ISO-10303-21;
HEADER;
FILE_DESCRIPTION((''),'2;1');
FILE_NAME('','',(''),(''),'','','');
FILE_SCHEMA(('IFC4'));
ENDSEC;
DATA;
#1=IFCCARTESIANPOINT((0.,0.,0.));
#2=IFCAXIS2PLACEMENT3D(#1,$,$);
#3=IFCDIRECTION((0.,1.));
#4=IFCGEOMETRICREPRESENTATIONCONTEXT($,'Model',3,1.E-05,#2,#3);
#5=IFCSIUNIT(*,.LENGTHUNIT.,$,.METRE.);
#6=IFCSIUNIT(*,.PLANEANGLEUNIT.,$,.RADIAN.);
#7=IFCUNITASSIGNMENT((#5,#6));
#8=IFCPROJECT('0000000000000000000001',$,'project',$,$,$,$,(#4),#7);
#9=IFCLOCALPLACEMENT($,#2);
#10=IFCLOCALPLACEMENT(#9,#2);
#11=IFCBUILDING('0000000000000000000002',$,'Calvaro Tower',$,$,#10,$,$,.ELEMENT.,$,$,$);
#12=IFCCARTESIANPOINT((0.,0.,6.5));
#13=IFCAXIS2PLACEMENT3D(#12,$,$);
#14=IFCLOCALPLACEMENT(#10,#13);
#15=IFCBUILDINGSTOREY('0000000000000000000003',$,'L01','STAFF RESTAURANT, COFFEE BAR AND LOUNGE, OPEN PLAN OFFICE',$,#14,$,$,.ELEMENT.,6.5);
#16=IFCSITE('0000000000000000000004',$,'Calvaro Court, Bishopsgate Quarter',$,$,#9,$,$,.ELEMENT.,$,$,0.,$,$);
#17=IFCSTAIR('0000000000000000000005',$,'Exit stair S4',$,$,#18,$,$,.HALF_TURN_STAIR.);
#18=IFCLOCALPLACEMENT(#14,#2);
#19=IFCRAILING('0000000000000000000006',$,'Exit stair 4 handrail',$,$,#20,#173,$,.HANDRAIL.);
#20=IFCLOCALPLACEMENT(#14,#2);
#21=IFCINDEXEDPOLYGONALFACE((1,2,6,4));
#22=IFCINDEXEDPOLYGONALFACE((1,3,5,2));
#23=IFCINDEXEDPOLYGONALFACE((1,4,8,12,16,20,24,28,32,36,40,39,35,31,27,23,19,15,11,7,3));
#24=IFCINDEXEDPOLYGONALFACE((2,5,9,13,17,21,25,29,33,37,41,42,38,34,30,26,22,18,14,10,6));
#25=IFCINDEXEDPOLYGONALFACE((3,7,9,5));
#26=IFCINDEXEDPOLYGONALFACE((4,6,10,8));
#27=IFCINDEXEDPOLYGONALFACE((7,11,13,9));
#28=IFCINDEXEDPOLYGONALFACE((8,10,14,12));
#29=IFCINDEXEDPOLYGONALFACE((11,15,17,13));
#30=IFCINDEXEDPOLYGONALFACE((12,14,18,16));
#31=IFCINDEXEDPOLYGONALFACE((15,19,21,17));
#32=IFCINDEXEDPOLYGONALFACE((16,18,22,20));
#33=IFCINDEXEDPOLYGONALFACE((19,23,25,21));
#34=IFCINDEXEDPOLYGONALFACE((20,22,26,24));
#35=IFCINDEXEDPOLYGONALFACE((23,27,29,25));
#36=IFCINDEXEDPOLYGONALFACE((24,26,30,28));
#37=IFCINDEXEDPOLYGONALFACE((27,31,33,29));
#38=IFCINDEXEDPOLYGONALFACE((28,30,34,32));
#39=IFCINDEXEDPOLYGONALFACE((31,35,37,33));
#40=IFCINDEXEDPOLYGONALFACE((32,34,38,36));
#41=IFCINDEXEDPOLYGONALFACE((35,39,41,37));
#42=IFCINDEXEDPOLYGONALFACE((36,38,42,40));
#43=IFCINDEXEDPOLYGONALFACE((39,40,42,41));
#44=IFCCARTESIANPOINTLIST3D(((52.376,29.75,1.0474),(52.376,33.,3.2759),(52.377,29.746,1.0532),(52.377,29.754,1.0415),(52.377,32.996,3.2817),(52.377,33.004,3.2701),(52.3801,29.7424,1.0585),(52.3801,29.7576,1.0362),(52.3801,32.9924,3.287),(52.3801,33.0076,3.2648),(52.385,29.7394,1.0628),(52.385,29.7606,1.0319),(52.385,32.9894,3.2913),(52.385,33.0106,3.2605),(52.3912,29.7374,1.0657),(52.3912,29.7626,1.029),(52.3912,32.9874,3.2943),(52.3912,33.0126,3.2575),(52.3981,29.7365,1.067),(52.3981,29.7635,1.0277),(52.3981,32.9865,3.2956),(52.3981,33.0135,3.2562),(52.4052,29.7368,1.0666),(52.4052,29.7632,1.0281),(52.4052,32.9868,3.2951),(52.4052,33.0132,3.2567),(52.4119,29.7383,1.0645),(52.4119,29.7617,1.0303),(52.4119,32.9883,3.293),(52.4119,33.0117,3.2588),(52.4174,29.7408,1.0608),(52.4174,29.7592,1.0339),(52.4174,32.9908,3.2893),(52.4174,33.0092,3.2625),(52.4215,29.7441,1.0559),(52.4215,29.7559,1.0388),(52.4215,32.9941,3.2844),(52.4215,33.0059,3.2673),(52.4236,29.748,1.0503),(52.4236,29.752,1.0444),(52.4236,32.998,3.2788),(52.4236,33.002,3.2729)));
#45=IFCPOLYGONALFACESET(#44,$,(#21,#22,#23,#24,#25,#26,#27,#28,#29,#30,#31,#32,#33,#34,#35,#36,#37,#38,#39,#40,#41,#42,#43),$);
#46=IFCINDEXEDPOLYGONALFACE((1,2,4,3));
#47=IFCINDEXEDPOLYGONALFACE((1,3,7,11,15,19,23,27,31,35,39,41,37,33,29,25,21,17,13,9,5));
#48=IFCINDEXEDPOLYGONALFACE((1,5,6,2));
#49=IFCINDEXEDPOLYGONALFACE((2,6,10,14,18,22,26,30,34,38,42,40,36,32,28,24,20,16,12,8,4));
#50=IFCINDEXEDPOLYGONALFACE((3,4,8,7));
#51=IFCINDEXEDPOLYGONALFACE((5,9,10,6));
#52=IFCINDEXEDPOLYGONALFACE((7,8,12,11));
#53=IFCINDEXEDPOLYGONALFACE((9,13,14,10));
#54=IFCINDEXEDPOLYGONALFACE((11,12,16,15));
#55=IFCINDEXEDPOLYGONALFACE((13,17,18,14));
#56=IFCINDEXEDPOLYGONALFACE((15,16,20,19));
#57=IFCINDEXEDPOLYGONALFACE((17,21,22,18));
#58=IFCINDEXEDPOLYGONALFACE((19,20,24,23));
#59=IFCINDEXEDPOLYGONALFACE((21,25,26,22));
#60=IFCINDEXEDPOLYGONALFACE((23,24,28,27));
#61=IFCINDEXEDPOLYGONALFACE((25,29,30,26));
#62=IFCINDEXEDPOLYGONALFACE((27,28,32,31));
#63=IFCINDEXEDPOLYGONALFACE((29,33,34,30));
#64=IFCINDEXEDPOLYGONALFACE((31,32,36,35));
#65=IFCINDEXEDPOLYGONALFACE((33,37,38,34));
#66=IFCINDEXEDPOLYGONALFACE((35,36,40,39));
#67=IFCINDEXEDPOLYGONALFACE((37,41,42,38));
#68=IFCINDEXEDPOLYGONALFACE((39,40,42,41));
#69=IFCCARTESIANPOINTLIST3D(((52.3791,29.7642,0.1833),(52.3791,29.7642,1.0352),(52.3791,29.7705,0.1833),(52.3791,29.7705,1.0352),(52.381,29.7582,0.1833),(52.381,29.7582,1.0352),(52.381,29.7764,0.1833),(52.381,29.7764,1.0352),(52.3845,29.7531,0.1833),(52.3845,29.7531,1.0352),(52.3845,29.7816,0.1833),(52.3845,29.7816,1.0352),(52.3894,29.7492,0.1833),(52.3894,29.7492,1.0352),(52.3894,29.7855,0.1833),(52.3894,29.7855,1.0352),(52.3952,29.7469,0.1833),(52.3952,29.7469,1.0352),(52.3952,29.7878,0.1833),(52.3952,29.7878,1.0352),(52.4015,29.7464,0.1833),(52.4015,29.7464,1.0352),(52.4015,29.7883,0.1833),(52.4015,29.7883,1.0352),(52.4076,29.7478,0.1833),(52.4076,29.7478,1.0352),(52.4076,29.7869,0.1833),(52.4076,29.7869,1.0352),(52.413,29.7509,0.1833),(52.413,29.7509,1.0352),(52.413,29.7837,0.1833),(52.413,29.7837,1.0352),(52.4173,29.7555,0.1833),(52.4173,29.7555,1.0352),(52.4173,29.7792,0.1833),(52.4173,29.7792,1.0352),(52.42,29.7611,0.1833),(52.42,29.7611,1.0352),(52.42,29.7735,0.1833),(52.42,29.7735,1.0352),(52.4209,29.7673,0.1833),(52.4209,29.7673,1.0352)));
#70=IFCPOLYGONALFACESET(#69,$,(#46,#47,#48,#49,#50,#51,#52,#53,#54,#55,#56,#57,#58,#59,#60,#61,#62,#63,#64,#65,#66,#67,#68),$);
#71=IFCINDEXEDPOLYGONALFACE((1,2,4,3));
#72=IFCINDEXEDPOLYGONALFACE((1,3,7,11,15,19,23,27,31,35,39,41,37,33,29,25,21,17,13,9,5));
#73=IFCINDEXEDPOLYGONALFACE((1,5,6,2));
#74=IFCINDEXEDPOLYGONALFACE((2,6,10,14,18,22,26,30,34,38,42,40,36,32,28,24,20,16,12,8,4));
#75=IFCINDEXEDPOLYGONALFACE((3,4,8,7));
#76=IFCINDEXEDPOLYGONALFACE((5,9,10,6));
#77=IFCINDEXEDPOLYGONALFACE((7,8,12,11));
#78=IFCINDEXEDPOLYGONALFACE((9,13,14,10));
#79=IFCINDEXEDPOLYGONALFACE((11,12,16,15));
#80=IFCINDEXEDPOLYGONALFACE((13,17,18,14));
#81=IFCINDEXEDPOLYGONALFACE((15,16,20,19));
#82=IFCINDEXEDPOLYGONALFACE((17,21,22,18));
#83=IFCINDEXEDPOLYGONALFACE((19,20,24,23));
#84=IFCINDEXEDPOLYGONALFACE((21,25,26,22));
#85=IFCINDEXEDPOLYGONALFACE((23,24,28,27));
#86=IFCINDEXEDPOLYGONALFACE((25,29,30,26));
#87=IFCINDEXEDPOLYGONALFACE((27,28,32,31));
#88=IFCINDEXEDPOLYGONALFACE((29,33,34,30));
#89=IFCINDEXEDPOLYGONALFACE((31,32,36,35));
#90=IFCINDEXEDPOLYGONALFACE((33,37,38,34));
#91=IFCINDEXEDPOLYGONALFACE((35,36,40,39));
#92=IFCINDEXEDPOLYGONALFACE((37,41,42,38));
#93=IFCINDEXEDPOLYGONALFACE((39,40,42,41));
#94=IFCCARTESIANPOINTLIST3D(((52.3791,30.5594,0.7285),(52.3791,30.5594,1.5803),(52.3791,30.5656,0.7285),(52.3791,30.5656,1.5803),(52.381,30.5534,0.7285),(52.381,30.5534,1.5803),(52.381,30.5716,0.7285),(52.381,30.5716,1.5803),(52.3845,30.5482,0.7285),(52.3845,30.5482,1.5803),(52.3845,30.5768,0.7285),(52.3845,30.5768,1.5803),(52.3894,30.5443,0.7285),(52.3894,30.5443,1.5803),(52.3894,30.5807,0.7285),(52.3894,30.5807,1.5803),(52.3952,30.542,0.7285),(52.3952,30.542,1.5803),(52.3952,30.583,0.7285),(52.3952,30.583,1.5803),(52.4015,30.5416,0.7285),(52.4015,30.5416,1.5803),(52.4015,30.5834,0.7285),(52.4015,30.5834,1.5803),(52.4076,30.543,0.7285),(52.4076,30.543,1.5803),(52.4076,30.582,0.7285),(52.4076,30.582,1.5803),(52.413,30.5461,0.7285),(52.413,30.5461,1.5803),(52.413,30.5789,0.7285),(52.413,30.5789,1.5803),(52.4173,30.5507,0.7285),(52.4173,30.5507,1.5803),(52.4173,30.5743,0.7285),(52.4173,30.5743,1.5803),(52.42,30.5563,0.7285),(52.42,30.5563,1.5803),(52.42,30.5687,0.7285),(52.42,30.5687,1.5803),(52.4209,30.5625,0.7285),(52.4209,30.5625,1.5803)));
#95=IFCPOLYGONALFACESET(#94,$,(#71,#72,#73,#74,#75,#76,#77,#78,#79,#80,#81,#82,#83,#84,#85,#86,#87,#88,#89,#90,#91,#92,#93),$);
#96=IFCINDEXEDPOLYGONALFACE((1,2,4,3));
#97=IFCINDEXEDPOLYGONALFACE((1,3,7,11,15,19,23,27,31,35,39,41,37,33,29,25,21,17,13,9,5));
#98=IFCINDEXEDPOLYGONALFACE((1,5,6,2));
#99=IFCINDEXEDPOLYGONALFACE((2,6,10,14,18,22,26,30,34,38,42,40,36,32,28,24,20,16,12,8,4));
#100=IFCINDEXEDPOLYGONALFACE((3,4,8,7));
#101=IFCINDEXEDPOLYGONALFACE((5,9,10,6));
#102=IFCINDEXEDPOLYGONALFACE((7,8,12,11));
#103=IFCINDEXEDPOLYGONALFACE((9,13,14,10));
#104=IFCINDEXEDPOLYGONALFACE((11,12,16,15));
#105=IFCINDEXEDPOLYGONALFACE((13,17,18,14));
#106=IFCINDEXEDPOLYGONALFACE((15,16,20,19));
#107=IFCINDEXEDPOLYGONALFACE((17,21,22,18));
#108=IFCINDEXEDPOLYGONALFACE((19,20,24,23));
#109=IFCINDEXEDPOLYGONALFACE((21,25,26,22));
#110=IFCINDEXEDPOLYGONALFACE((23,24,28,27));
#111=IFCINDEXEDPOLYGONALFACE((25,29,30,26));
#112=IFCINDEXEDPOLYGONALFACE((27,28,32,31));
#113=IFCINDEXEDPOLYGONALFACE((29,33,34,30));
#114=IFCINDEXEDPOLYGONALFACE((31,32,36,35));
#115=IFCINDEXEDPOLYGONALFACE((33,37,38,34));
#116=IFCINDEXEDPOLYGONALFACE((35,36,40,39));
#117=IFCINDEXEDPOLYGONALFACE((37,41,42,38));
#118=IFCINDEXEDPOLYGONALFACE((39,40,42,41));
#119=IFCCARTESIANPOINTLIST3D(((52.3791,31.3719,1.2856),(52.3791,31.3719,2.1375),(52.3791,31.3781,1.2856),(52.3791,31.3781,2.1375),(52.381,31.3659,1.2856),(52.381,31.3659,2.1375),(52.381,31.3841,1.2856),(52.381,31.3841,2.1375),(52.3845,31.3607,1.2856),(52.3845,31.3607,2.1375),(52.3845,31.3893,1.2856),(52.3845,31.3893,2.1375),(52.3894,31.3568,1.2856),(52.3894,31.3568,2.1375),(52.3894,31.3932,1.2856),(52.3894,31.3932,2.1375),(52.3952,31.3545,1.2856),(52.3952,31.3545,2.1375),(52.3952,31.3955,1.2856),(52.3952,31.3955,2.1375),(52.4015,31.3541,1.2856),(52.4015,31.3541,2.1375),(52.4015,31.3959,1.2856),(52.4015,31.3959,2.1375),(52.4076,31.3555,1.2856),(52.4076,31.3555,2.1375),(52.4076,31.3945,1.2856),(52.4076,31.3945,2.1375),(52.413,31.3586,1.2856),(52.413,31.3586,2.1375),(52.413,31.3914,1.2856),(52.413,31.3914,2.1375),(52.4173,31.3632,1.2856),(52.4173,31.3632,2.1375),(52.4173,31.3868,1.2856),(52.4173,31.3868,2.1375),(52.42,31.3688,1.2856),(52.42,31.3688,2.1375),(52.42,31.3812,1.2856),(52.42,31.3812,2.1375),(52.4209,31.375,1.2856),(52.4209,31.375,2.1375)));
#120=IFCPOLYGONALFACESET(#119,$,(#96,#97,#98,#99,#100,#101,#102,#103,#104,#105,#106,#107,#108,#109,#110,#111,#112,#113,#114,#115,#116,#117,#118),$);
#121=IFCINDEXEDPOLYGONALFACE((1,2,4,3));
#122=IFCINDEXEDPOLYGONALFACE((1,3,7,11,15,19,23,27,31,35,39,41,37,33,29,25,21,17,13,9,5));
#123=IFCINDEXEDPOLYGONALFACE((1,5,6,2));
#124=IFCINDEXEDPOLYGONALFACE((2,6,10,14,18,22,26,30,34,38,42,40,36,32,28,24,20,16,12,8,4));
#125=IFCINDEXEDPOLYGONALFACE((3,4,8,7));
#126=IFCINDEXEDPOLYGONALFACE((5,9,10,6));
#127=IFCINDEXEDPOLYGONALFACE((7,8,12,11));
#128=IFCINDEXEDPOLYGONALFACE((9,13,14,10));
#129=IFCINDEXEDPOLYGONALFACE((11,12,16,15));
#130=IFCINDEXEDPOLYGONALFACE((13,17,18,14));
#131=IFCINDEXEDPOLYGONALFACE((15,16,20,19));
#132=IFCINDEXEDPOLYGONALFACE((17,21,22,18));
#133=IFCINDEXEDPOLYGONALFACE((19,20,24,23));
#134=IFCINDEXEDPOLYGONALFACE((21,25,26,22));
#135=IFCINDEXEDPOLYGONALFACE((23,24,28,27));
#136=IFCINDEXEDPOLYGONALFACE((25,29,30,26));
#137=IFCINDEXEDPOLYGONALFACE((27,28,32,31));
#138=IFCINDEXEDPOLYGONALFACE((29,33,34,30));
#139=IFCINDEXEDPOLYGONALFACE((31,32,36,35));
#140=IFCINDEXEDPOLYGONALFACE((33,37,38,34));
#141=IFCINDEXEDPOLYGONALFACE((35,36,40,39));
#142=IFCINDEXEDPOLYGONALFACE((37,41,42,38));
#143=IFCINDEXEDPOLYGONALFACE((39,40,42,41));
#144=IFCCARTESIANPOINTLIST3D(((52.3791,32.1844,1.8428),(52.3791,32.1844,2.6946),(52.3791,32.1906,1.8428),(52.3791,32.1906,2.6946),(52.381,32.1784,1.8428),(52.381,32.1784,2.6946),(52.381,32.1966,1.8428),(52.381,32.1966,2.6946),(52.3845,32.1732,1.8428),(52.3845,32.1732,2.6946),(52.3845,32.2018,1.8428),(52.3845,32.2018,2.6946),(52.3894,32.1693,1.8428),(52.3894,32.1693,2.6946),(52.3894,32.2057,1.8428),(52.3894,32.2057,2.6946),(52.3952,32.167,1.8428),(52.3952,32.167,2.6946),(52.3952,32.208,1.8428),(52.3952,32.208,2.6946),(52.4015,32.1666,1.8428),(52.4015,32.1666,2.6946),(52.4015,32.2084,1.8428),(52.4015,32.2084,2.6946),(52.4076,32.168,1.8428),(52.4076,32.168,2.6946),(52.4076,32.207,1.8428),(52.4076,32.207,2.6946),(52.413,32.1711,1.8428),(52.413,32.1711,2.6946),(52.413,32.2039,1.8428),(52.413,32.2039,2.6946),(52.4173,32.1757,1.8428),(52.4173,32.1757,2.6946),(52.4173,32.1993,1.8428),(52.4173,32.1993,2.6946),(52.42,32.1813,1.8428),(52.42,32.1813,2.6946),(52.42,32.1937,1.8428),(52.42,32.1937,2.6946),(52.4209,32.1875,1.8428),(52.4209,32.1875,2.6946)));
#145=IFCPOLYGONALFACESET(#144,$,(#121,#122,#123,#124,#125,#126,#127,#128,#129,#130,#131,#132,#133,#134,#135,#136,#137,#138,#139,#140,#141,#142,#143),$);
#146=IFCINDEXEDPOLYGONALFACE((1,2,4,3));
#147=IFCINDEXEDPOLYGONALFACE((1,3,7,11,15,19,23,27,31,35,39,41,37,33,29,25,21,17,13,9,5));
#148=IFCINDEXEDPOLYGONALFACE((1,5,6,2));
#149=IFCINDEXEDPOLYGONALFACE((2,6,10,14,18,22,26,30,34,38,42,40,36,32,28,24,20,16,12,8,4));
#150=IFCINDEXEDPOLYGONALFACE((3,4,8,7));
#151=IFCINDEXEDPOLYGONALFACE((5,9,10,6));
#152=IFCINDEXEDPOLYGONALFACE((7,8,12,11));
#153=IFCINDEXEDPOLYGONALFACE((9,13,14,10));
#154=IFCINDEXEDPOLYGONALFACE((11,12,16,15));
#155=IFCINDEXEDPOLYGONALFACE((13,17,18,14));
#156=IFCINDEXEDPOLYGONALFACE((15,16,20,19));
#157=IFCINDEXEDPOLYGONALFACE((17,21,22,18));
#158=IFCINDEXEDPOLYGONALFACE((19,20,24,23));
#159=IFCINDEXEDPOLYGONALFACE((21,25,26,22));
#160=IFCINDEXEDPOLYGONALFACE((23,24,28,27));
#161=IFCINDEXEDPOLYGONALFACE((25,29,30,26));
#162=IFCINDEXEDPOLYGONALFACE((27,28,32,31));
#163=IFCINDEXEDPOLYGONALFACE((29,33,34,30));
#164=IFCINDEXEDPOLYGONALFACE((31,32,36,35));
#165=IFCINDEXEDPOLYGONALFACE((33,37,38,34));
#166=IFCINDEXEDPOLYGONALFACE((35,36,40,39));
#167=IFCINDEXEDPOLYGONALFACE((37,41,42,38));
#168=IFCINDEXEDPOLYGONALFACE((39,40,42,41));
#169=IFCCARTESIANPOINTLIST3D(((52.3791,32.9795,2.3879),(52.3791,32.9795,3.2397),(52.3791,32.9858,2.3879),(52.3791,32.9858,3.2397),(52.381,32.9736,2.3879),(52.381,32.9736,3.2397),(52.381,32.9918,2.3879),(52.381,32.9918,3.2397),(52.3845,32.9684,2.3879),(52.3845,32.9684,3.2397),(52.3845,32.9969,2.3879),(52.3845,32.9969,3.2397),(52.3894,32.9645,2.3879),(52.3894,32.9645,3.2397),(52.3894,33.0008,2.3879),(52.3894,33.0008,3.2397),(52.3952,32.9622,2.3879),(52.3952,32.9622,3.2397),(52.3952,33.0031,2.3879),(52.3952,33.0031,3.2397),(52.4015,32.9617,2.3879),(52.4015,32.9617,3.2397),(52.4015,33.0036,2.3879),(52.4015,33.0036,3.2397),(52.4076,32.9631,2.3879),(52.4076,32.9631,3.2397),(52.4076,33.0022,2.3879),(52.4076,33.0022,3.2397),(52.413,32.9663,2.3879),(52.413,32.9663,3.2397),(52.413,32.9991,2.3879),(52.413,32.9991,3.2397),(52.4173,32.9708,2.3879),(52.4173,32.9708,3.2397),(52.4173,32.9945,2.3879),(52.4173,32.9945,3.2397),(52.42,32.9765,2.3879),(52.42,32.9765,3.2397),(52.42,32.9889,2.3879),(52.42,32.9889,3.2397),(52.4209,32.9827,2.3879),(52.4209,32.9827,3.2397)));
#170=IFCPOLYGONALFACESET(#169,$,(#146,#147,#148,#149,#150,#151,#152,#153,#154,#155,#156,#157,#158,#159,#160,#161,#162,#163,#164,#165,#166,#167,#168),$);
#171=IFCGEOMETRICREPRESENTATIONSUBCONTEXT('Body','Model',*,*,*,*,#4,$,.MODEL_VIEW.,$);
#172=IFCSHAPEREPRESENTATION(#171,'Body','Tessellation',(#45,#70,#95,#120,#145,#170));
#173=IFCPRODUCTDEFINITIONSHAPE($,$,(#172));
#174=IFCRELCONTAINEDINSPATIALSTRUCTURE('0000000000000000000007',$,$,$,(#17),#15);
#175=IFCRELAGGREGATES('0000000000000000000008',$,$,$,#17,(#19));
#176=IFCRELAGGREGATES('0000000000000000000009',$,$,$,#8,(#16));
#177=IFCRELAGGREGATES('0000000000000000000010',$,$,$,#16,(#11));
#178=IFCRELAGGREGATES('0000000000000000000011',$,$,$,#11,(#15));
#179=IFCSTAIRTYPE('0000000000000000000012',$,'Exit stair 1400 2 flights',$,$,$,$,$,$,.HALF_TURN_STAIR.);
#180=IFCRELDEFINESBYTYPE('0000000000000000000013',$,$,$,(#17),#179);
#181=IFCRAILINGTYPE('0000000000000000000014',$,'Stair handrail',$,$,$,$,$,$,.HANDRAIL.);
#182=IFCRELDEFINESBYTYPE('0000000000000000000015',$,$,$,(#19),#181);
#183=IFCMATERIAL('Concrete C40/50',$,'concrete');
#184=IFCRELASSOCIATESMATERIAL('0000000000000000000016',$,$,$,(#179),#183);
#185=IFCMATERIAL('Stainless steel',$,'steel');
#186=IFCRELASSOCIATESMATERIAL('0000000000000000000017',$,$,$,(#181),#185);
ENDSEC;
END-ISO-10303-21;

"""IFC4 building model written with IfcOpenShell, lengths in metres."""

from ifc_helpers import new_model, si_unit, direction, frame, origin, origin_2d, place, context, subcontext, project, spatial, circle, extrude, material, type_object, element, aggregate, save


model = new_model("IFC4")

# Units and contexts
model_context = context("Model", 3, precision=1e-05, world=origin(), true_north=direction((0.0, 1.0)))
body_context = subcontext(model_context, "Body", "Model", "MODEL_VIEW")
ifc_project = project(units=[si_unit("LENGTHUNIT", "METRE"), si_unit("PLANEANGLEUNIT", "RADIAN")], contexts=[model_context])

# Site, building, storey
site_placement = place(None, origin())
site = spatial("IfcSite", under=ifc_project, at=site_placement, Name="Calvaro Court, Bishopsgate Quarter", CompositionType="ELEMENT", RefElevation=0.0)
building_placement = place(site_placement, origin())
building = spatial("IfcBuilding", under=site, at=building_placement, Name="Calvaro Tower", CompositionType="ELEMENT")
storey_placement = place(building_placement, frame((0.0, 0.0, 6.5)))
storey = spatial("IfcBuildingStorey", under=building, at=storey_placement, Name="L01", Description="STAFF RESTAURANT, COFFEE BAR AND LOUNGE, OPEN PLAN OFFICE", CompositionType="ELEMENT", Elevation=6.5)

# Stair, railing
ifc_material_1 = material(Name="Concrete C40/50", Category="concrete")
stair_type = type_object("IfcStairType", Name="Exit stair 1400 2 flights", PredefinedType="HALF_TURN_STAIR", material=ifc_material_1)
stair_placement = place(storey_placement, origin())
stair = element("IfcStair", 1, at=stair_placement, inside=storey, type_object=stair_type, Name="Exit stair S4", PredefinedType="HALF_TURN_STAIR")
ifc_material_2 = material(Name="Stainless steel", Category="steel")
railing_type = type_object("IfcRailingType", Name="Stair handrail", PredefinedType="HANDRAIL", material=ifc_material_2)
railing_1_placement = place(storey_placement, frame((52.3999, 29.75, 0.1714)))
railing_1 = element("IfcRailing", 2, at=railing_1_placement, type_object=railing_type, Name="Exit stair 4 handrail", PredefinedType="HANDRAIL", context=body_context, shape_type="SweptSolid", body=[
    extrude(circle(Radius=0.0239, at=origin_2d()), frame((0.0, 0.0, 0.876), z_axis=(0.0, 0.824735, 0.565519), x_axis=(-1.0, 0.0, 0.0)), (0.0, 0.0, 1.0), 3.9407),
    extrude(circle(Radius=0.021, at=origin_2d()), frame((0.0, 0.0173, 0.012)), (0.0, 0.0, 1.0), 0.8518),
    extrude(circle(Radius=0.021, at=origin_2d()), frame((0.0, 0.8125, 0.5571)), (0.0, 0.0, 1.0), 0.8518),
    extrude(circle(Radius=0.021, at=origin_2d()), frame((0.0, 1.625, 1.1143)), (0.0, 0.0, 1.0), 0.8518),
    extrude(circle(Radius=0.021, at=origin_2d()), frame((0.0, 2.4375, 1.6714)), (0.0, 0.0, 1.0), 0.8518),
    extrude(circle(Radius=0.021, at=origin_2d()), frame((0.0, 3.2327, 2.2166)), (0.0, 0.0, 1.0), 0.8518),
])
aggregate(stair, [railing_1])

save(model, "model.ifc")
